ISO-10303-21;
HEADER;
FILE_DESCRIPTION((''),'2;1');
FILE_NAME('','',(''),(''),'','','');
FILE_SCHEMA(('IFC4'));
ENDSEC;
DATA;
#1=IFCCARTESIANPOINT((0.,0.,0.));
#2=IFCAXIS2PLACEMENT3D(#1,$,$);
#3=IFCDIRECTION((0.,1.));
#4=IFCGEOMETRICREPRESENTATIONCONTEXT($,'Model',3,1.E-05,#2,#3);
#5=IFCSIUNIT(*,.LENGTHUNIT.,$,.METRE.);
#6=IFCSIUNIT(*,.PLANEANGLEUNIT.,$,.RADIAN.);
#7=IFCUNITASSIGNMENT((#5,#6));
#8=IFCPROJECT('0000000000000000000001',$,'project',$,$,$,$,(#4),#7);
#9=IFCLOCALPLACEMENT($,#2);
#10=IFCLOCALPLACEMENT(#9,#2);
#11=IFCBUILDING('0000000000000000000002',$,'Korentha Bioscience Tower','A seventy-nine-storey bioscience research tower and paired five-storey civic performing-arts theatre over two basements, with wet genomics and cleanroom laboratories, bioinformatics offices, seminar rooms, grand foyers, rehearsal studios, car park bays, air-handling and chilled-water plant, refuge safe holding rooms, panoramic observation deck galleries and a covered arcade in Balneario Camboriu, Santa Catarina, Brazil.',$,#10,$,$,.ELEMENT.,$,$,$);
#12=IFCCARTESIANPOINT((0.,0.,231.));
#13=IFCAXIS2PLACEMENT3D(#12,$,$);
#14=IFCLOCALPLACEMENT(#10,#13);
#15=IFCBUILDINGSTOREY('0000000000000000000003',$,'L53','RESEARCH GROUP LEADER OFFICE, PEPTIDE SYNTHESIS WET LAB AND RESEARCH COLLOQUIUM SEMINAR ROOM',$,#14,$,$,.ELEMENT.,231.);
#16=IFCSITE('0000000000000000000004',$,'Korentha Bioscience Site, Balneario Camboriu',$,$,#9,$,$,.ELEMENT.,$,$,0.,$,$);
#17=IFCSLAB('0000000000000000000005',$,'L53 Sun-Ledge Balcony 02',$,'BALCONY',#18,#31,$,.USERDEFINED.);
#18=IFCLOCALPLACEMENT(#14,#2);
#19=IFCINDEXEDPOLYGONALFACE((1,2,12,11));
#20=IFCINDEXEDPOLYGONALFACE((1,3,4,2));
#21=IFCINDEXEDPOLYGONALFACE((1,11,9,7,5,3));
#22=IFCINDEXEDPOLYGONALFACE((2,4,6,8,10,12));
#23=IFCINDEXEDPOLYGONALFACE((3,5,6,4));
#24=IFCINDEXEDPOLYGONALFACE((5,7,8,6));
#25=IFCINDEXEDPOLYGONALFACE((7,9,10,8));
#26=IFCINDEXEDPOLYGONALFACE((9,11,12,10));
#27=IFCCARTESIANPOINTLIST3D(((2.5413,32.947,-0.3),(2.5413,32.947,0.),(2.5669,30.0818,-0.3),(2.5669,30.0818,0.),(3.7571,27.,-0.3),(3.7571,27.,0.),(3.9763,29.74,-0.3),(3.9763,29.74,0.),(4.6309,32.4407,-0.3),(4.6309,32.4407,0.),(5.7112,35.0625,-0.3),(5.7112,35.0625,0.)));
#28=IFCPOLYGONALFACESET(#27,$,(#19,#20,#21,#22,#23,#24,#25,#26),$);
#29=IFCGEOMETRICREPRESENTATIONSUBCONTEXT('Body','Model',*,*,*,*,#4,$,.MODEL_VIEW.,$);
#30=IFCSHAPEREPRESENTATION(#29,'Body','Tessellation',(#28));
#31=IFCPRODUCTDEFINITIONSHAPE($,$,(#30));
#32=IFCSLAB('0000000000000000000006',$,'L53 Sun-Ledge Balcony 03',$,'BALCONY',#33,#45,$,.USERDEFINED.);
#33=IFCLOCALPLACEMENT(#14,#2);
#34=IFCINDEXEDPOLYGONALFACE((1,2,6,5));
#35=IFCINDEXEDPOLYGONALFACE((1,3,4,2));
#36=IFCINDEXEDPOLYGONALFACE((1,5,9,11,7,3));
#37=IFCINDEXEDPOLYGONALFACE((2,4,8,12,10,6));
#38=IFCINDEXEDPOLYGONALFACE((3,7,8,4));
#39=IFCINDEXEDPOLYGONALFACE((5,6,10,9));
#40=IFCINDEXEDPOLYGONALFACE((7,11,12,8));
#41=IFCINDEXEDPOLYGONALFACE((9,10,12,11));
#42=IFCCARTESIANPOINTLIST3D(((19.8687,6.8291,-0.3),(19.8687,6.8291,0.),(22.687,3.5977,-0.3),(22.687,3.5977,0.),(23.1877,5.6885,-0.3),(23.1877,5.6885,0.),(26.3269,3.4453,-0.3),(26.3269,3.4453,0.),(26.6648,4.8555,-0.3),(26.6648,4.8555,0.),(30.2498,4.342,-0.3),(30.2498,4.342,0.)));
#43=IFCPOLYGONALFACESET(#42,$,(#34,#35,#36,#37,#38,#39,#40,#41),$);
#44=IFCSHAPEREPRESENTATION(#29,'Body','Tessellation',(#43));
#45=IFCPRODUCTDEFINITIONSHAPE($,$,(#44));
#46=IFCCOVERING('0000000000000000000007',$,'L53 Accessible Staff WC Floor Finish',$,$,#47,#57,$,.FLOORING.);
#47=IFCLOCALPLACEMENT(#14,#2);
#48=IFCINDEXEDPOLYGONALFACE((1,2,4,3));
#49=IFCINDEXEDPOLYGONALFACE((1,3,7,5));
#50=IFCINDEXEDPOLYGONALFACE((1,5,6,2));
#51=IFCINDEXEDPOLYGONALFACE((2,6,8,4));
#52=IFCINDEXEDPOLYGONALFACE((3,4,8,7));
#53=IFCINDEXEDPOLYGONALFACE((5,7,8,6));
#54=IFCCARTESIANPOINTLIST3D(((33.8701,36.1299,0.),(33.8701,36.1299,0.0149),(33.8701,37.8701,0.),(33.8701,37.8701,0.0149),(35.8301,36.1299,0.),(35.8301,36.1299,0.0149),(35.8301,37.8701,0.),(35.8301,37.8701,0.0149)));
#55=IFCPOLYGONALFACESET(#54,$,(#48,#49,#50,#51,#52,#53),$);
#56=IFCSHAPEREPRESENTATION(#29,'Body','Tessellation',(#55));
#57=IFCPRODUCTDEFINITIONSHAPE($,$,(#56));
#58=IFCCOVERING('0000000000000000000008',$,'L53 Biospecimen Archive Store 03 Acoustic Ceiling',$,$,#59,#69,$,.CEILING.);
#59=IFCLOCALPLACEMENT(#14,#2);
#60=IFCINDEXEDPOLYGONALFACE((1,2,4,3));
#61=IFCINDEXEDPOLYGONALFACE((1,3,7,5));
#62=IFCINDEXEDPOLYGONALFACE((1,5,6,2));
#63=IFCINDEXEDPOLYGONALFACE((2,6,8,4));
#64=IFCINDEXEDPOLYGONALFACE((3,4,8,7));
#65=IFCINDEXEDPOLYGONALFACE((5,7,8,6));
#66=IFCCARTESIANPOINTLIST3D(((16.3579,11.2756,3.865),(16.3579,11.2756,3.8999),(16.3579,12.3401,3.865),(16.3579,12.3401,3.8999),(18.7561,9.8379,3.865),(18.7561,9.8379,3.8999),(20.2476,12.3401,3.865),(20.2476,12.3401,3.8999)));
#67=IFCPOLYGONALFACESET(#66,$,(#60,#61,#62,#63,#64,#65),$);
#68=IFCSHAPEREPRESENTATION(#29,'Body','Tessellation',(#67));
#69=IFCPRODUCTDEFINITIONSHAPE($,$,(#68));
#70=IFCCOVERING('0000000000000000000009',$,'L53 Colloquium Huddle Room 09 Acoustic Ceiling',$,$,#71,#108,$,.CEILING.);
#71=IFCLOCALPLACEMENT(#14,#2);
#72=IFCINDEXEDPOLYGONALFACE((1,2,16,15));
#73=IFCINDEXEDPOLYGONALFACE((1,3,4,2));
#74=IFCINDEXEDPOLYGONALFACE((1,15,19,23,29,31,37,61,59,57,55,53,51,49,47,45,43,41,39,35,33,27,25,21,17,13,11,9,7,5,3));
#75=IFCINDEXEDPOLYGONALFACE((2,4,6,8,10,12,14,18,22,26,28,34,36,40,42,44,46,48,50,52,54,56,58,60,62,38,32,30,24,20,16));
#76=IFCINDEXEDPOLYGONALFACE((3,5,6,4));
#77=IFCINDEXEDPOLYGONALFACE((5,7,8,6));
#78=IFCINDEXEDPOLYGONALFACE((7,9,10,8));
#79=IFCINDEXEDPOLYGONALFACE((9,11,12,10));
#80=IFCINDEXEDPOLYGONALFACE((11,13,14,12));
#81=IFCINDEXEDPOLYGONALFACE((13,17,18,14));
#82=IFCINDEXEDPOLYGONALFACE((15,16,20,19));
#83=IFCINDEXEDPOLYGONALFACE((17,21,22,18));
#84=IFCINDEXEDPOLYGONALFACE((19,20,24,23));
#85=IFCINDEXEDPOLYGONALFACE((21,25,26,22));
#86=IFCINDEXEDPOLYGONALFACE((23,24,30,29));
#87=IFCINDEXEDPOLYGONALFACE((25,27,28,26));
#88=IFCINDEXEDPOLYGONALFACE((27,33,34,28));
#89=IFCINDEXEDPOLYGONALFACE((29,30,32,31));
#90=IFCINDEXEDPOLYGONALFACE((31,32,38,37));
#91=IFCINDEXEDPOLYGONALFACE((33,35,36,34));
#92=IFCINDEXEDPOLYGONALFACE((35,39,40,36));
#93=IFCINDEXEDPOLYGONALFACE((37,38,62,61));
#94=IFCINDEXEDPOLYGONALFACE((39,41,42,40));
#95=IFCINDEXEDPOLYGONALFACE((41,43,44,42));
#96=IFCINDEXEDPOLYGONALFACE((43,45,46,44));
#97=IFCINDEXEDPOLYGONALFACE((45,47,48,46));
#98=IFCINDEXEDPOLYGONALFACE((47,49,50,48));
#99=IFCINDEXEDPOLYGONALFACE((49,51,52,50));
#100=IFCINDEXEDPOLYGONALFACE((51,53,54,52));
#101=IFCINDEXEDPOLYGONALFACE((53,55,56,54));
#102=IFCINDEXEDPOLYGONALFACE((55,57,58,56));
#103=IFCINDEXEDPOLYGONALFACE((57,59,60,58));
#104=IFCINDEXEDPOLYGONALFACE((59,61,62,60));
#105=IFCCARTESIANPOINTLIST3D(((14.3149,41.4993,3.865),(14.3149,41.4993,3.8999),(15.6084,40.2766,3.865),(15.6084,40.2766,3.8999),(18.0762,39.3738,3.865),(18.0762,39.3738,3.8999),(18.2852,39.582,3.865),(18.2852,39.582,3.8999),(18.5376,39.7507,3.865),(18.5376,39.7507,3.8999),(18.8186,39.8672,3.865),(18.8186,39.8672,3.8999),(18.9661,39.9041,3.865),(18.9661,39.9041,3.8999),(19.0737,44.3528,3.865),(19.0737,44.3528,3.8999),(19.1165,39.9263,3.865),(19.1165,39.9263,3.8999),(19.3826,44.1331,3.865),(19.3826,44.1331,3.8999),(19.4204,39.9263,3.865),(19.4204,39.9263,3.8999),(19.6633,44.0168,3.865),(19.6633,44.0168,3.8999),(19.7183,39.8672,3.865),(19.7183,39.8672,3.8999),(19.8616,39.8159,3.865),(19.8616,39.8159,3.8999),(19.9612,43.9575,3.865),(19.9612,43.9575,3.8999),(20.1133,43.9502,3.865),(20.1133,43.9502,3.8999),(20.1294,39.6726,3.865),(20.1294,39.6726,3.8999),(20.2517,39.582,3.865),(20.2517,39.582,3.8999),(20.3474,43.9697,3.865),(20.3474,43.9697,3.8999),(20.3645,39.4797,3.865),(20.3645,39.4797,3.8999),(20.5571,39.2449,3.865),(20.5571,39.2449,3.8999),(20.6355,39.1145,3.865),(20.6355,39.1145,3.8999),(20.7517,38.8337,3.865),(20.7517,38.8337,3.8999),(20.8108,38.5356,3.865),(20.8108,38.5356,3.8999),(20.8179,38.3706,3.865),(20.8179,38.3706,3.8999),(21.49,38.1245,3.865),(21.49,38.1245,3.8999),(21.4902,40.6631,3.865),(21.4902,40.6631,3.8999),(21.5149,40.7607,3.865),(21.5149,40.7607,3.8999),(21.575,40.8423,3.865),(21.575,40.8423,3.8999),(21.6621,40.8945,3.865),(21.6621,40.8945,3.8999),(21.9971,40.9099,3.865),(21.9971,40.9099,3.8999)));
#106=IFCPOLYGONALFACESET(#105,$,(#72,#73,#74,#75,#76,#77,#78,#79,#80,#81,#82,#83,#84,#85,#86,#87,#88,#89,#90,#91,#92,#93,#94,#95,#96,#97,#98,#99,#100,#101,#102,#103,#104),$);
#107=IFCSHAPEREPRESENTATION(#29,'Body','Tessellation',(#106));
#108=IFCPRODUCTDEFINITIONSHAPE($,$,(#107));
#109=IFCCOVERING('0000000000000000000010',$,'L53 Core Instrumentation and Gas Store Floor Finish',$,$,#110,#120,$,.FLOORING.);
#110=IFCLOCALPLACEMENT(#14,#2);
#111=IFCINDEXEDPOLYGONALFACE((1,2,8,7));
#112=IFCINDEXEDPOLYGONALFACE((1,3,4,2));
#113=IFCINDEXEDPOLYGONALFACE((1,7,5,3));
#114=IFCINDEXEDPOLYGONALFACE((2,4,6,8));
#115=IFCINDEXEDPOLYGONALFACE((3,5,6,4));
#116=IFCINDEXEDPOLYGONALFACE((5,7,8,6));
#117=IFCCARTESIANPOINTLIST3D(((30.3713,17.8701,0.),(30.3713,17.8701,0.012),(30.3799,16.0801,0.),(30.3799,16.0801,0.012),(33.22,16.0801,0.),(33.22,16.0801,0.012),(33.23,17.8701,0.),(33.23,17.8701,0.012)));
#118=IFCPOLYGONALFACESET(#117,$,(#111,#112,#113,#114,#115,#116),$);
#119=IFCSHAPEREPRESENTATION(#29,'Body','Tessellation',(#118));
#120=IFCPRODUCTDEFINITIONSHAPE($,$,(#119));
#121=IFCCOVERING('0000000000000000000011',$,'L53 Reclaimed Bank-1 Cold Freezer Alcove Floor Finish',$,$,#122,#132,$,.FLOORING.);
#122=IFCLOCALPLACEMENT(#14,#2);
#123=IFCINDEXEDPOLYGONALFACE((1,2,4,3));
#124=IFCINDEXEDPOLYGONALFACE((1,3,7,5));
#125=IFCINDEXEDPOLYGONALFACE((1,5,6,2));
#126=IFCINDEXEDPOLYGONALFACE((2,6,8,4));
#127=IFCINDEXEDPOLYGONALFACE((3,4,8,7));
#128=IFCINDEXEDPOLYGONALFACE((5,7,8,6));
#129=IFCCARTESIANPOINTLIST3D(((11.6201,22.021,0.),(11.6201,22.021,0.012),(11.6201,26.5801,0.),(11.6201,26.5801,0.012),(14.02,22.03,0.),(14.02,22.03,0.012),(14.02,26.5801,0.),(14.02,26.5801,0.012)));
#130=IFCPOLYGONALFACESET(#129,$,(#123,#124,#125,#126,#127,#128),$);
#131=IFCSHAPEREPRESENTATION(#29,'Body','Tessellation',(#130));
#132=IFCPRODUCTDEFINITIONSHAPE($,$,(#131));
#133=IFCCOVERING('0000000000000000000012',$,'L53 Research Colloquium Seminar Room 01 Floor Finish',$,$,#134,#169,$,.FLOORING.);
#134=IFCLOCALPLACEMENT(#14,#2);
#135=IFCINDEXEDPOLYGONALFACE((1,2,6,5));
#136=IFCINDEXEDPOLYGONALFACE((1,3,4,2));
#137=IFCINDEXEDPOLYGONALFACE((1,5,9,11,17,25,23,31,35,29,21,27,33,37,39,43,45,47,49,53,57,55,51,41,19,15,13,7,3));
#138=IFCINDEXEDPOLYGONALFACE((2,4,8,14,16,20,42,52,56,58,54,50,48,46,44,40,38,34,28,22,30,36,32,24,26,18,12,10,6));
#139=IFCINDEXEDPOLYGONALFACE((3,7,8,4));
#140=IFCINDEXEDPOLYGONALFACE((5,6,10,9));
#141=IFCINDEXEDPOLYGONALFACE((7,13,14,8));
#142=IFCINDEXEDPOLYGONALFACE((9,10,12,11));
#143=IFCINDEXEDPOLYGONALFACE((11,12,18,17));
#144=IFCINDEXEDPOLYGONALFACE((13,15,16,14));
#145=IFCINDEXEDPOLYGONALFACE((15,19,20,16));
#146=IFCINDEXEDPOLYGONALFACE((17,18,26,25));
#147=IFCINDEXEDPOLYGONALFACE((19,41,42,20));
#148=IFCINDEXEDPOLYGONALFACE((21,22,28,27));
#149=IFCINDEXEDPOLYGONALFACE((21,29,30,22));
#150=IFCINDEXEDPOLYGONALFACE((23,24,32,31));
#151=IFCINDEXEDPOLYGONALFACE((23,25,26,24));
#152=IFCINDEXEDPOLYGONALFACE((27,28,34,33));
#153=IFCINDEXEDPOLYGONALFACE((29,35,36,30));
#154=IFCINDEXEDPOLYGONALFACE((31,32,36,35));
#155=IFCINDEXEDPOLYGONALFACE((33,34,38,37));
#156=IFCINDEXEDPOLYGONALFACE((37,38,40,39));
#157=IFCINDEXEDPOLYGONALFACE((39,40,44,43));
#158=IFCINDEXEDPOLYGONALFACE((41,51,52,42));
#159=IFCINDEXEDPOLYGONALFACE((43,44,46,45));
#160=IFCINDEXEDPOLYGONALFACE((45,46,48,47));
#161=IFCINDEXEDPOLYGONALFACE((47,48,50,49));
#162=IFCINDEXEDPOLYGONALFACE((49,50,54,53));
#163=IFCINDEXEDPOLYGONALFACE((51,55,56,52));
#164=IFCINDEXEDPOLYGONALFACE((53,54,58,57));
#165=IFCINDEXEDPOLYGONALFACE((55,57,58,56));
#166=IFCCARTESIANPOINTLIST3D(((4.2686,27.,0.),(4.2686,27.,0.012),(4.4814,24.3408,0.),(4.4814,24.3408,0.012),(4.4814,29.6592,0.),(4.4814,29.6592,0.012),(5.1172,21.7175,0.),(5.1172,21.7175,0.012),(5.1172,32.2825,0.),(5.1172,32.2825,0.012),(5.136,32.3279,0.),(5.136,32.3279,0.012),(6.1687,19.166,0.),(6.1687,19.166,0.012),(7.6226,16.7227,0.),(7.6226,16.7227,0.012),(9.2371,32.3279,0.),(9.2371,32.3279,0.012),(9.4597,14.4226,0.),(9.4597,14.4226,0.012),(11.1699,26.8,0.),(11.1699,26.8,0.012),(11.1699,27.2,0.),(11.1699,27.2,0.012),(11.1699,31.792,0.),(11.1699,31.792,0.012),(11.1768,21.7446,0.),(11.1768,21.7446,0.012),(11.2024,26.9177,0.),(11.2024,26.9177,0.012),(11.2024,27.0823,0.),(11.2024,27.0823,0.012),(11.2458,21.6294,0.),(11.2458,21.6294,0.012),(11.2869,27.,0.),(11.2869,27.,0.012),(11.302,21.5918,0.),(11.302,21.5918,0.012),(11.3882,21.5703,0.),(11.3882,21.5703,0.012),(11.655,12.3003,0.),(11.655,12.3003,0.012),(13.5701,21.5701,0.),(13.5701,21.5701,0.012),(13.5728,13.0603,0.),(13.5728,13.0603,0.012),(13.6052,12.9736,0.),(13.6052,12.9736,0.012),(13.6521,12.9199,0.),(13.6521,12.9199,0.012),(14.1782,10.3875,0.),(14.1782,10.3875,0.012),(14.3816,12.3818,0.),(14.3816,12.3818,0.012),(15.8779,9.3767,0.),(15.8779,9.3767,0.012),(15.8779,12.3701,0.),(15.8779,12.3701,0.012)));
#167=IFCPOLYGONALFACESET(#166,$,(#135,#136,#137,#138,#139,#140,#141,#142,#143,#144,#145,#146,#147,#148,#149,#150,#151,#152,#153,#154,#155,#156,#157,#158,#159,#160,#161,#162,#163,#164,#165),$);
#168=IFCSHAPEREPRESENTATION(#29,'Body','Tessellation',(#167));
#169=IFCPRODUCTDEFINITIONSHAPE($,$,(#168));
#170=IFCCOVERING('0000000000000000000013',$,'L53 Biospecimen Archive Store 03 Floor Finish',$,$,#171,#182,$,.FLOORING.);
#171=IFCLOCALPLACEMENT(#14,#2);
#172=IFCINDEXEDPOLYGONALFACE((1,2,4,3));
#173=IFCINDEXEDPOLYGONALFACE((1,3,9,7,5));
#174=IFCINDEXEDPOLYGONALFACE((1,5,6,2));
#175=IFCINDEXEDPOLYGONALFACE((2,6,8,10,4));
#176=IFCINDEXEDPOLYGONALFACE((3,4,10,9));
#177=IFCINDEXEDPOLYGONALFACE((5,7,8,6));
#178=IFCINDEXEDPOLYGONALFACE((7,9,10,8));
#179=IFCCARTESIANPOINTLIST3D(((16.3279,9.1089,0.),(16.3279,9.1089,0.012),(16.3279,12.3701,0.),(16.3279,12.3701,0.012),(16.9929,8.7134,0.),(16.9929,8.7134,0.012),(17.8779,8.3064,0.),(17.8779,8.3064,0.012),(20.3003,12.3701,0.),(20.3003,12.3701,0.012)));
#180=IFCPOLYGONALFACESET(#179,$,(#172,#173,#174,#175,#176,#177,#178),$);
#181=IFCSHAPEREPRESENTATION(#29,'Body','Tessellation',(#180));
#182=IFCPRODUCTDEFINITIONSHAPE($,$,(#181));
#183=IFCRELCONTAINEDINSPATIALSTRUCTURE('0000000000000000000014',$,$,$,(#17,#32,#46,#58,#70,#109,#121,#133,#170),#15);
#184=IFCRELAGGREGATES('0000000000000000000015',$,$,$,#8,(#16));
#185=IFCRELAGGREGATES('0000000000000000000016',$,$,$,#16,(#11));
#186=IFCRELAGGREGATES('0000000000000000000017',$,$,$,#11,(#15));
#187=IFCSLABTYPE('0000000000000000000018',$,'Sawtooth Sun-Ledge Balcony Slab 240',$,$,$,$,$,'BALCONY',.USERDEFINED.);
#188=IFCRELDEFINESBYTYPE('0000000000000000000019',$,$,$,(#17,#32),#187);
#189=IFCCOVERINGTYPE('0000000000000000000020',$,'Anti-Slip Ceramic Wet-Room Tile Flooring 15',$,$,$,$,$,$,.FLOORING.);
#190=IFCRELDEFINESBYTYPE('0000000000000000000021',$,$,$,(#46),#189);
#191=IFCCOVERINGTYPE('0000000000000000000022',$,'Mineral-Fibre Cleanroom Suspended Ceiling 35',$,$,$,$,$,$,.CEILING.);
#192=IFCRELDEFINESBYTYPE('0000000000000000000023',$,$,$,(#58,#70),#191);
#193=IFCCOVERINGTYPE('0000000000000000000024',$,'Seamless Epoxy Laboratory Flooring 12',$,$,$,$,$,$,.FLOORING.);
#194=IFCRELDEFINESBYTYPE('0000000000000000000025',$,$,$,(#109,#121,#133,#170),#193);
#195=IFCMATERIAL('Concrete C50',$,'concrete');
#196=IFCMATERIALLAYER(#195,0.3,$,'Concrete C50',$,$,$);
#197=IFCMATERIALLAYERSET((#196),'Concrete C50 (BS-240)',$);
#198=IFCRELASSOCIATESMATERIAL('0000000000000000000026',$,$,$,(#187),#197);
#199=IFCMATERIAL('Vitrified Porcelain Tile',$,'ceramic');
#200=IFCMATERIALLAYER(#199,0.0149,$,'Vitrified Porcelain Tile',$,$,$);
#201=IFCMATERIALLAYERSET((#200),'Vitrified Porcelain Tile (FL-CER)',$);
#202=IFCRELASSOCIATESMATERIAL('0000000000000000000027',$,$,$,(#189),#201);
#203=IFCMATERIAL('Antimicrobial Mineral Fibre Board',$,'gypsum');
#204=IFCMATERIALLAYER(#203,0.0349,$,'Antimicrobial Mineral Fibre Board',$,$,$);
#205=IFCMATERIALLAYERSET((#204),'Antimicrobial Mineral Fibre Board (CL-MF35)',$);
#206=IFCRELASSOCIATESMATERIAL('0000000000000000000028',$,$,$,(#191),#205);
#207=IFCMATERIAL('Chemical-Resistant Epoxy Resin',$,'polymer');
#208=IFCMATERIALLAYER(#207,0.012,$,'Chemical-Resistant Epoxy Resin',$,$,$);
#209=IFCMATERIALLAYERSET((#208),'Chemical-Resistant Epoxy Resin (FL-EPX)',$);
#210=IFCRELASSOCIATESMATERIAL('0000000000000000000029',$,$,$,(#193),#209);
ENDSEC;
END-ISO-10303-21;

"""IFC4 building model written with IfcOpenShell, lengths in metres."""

from ifc_helpers import new_model, si_unit, direction, frame, origin, place, context, subcontext, project, spatial, polyline, outline, extrude, material, layer, layer_set, type_object, element, save


model = new_model("IFC4")

# Units and contexts
model_context = context("Model", 3, precision=1e-05, world=origin(), true_north=direction((0.0, 1.0)))
body_context = subcontext(model_context, "Body", "Model", "MODEL_VIEW")
ifc_project = project(units=[si_unit("LENGTHUNIT", "METRE"), si_unit("PLANEANGLEUNIT", "RADIAN")], contexts=[model_context])

# Site, building, storey
site_placement = place(None, origin())
site = spatial("IfcSite", under=ifc_project, at=site_placement, Name="Korentha Bioscience Site, Balneario Camboriu", CompositionType="ELEMENT", RefElevation=0.0)
building_placement = place(site_placement, origin())
building = spatial("IfcBuilding", under=site, at=building_placement, Name="Korentha Bioscience Tower", Description="A seventy-nine-storey bioscience research tower and paired five-storey civic performing-arts theatre over two basements, with wet genomics and cleanroom laboratories, bioinformatics offices, seminar rooms, grand foyers, rehearsal studios, car park bays, air-handling and chilled-water plant, refuge safe holding rooms, panoramic observation deck galleries and a covered arcade in Balneario Camboriu, Santa Catarina, Brazil.", CompositionType="ELEMENT")
storey_placement = place(building_placement, frame((0.0, 0.0, 231.0)))
storey = spatial("IfcBuildingStorey", under=building, at=storey_placement, Name="L53", Description="RESEARCH GROUP LEADER OFFICE, PEPTIDE SYNTHESIS WET LAB AND RESEARCH COLLOQUIUM SEMINAR ROOM", CompositionType="ELEMENT", Elevation=231.0)

# Shared definitions
ifc_material_1 = material(Name="Concrete C50", Category="concrete")

# Slabs
ifc_layer_1 = layer(ifc_material_1, 0.3, Name="Concrete C50")
ifc_layer_set_1 = layer_set([ifc_layer_1], Name="Concrete C50 (BS-240)")
slab_type_1 = type_object("IfcSlabType", Name="Sawtooth Sun-Ledge Balcony Slab 240", ElementType="BALCONY", PredefinedType="USERDEFINED", material=ifc_layer_set_1)
slab_1_placement = place(storey_placement, frame((0.0, 0.0, -0.3)))
element("IfcSlab", 1, at=slab_1_placement, inside=storey, type_object=slab_type_1, Name="L53 Sun-Ledge Balcony 02", ObjectType="BALCONY", PredefinedType="USERDEFINED", context=body_context, shape_type="SweptSolid", body=[
    extrude(outline(polyline([(3.7571, 27.0), (3.9763, 29.74), (4.6309, 32.4407), (5.7112, 35.0625), (2.5413, 32.947), (2.5669, 30.0818), (3.7571, 27.0)])), origin(), (0.0, 0.0, 1.0), 0.3),
])
slab_2_placement = place(storey_placement, frame((0.0, 0.0, -0.3)))
element("IfcSlab", 2, at=slab_2_placement, inside=storey, type_object=slab_type_1, Name="L53 Sun-Ledge Balcony 03", ObjectType="BALCONY", PredefinedType="USERDEFINED", context=body_context, shape_type="SweptSolid", body=[
    extrude(outline(polyline([(30.2498, 4.342), (26.6648, 4.8555), (23.1877, 5.6885), (19.8687, 6.8291), (22.687, 3.5977), (26.3269, 3.4453), (30.2498, 4.342)])), origin(), (0.0, 0.0, 1.0), 0.3),
])

# Coverings
ifc_material_2 = material(Name="Vitrified Porcelain Tile", Category="ceramic")
ifc_layer_2 = layer(ifc_material_2, 0.0149, Name="Vitrified Porcelain Tile")
ifc_layer_set_2 = layer_set([ifc_layer_2], Name="Vitrified Porcelain Tile (FL-CER)")
covering_type_1 = type_object("IfcCoveringType", Name="Anti-Slip Ceramic Wet-Room Tile Flooring 15", PredefinedType="FLOORING", material=ifc_layer_set_2)
covering_1_placement = place(storey_placement, origin())
element("IfcCovering", 3, at=covering_1_placement, inside=storey, type_object=covering_type_1, Name="L53 Accessible Staff WC Floor Finish", PredefinedType="FLOORING", context=body_context, shape_type="SweptSolid", body=[
    extrude(outline(polyline([(33.8701, 36.1299), (33.8701, 37.8701), (35.8301, 37.8701), (35.8301, 36.1299), (33.8701, 36.1299)])), origin(), (0.0, 0.0, 1.0), 0.0149),
])
ifc_material_3 = material(Name="Antimicrobial Mineral Fibre Board", Category="gypsum")
ifc_layer_3 = layer(ifc_material_3, 0.0349, Name="Antimicrobial Mineral Fibre Board")
ifc_layer_set_3 = layer_set([ifc_layer_3], Name="Antimicrobial Mineral Fibre Board (CL-MF35)")
covering_type_2 = type_object("IfcCoveringType", Name="Mineral-Fibre Cleanroom Suspended Ceiling 35", PredefinedType="CEILING", material=ifc_layer_set_3)
covering_2_placement = place(storey_placement, frame((0.0, 0.0, 3.865)))
element("IfcCovering", 4, at=covering_2_placement, inside=storey, type_object=covering_type_2, Name="L53 Biospecimen Archive Store 03 Acoustic Ceiling", PredefinedType="CEILING", context=body_context, shape_type="SweptSolid", body=[
    extrude(outline(polyline([(18.7561, 9.8379), (16.3579, 11.2756), (16.3579, 12.3401), (20.2476, 12.3401), (18.7561, 9.8379)])), origin(), (0.0, 0.0, 1.0), 0.0349),
])
covering_3_placement = place(storey_placement, frame((0.0, 0.0, 3.865)))
element("IfcCovering", 5, at=covering_3_placement, inside=storey, type_object=covering_type_2, Name="L53 Colloquium Huddle Room 09 Acoustic Ceiling", PredefinedType="CEILING", context=body_context, shape_type="SweptSolid", body=[
    extrude(outline(polyline([(21.9971, 40.9099), (21.6621, 40.8945), (21.575, 40.8423), (21.5149, 40.7607), (21.4902, 40.6631), (21.49, 38.1245), (20.8179, 38.3706), (20.8108, 38.5356), (20.7517, 38.8337), (20.6355, 39.1145), (20.5571, 39.2449), (20.3645, 39.4797), (20.2517, 39.582), (20.1294, 39.6726), (19.8616, 39.8159), (19.7183, 39.8672), (19.4204, 39.9263), (19.1165, 39.9263), (18.9661, 39.9041), (18.8186, 39.8672), (18.5376, 39.7507), (18.2852, 39.582), (18.0762, 39.3738), (15.6084, 40.2766), (14.3149, 41.4993), (19.0737, 44.3528), (19.3826, 44.1331), (19.6633, 44.0168), (19.9612, 43.9575), (20.1133, 43.9502), (20.3474, 43.9697), (21.9971, 40.9099)])), origin(), (0.0, 0.0, 1.0), 0.0349),
])
ifc_material_4 = material(Name="Chemical-Resistant Epoxy Resin", Category="polymer")
ifc_layer_4 = layer(ifc_material_4, 0.012, Name="Chemical-Resistant Epoxy Resin")
ifc_layer_set_4 = layer_set([ifc_layer_4], Name="Chemical-Resistant Epoxy Resin (FL-EPX)")
covering_type_3 = type_object("IfcCoveringType", Name="Seamless Epoxy Laboratory Flooring 12", PredefinedType="FLOORING", material=ifc_layer_set_4)
covering_4_placement = place(storey_placement, origin())
element("IfcCovering", 6, at=covering_4_placement, inside=storey, type_object=covering_type_3, Name="L53 Core Instrumentation and Gas Store Floor Finish", PredefinedType="FLOORING", context=body_context, shape_type="SweptSolid", body=[
    extrude(outline(polyline([(33.23, 17.8701), (33.22, 16.0801), (30.3799, 16.0801), (30.3713, 17.8701), (33.23, 17.8701)])), origin(), (0.0, 0.0, 1.0), 0.012),
])
covering_5_placement = place(storey_placement, origin())
element("IfcCovering", 7, at=covering_5_placement, inside=storey, type_object=covering_type_3, Name="L53 Reclaimed Bank-1 Cold Freezer Alcove Floor Finish", PredefinedType="FLOORING", context=body_context, shape_type="SweptSolid", body=[
    extrude(outline(polyline([(14.02, 22.03), (11.6201, 22.021), (11.6201, 26.5801), (14.02, 26.5801), (14.02, 22.03)])), origin(), (0.0, 0.0, 1.0), 0.012),
])
covering_6_placement = place(storey_placement, origin())
element("IfcCovering", 8, at=covering_6_placement, inside=storey, type_object=covering_type_3, Name="L53 Research Colloquium Seminar Room 01 Floor Finish", PredefinedType="FLOORING", context=body_context, shape_type="SweptSolid", body=[
    extrude(outline(polyline([(9.2371, 32.3279), (11.1699, 31.792), (11.1699, 27.2), (11.2024, 27.0823), (11.2869, 27.0), (11.2024, 26.9177), (11.1699, 26.8), (11.1768, 21.7446), (11.2458, 21.6294), (11.302, 21.5918), (11.3882, 21.5703), (13.5701, 21.5701), (13.5728, 13.0603), (13.6052, 12.9736), (13.6521, 12.9199), (14.3816, 12.3818), (15.8779, 12.3701), (15.8779, 9.3767), (14.1782, 10.3875), (11.655, 12.3003), (9.4597, 14.4226), (7.6226, 16.7227), (6.1687, 19.166), (5.1172, 21.7175), (4.4814, 24.3408), (4.2686, 27.0), (4.4814, 29.6592), (5.1172, 32.2825), (5.136, 32.3279), (9.2371, 32.3279)])), origin(), (0.0, 0.0, 1.0), 0.012),
])
covering_7_placement = place(storey_placement, origin())
element("IfcCovering", 9, at=covering_7_placement, inside=storey, type_object=covering_type_3, Name="L53 Biospecimen Archive Store 03 Floor Finish", PredefinedType="FLOORING", context=body_context, shape_type="SweptSolid", body=[
    extrude(outline(polyline([(16.3279, 12.3701), (20.3003, 12.3701), (17.8779, 8.3064), (16.9929, 8.7134), (16.3279, 9.1089), (16.3279, 12.3701)])), origin(), (0.0, 0.0, 1.0), 0.012),
])

save(model, "model.ifc")
